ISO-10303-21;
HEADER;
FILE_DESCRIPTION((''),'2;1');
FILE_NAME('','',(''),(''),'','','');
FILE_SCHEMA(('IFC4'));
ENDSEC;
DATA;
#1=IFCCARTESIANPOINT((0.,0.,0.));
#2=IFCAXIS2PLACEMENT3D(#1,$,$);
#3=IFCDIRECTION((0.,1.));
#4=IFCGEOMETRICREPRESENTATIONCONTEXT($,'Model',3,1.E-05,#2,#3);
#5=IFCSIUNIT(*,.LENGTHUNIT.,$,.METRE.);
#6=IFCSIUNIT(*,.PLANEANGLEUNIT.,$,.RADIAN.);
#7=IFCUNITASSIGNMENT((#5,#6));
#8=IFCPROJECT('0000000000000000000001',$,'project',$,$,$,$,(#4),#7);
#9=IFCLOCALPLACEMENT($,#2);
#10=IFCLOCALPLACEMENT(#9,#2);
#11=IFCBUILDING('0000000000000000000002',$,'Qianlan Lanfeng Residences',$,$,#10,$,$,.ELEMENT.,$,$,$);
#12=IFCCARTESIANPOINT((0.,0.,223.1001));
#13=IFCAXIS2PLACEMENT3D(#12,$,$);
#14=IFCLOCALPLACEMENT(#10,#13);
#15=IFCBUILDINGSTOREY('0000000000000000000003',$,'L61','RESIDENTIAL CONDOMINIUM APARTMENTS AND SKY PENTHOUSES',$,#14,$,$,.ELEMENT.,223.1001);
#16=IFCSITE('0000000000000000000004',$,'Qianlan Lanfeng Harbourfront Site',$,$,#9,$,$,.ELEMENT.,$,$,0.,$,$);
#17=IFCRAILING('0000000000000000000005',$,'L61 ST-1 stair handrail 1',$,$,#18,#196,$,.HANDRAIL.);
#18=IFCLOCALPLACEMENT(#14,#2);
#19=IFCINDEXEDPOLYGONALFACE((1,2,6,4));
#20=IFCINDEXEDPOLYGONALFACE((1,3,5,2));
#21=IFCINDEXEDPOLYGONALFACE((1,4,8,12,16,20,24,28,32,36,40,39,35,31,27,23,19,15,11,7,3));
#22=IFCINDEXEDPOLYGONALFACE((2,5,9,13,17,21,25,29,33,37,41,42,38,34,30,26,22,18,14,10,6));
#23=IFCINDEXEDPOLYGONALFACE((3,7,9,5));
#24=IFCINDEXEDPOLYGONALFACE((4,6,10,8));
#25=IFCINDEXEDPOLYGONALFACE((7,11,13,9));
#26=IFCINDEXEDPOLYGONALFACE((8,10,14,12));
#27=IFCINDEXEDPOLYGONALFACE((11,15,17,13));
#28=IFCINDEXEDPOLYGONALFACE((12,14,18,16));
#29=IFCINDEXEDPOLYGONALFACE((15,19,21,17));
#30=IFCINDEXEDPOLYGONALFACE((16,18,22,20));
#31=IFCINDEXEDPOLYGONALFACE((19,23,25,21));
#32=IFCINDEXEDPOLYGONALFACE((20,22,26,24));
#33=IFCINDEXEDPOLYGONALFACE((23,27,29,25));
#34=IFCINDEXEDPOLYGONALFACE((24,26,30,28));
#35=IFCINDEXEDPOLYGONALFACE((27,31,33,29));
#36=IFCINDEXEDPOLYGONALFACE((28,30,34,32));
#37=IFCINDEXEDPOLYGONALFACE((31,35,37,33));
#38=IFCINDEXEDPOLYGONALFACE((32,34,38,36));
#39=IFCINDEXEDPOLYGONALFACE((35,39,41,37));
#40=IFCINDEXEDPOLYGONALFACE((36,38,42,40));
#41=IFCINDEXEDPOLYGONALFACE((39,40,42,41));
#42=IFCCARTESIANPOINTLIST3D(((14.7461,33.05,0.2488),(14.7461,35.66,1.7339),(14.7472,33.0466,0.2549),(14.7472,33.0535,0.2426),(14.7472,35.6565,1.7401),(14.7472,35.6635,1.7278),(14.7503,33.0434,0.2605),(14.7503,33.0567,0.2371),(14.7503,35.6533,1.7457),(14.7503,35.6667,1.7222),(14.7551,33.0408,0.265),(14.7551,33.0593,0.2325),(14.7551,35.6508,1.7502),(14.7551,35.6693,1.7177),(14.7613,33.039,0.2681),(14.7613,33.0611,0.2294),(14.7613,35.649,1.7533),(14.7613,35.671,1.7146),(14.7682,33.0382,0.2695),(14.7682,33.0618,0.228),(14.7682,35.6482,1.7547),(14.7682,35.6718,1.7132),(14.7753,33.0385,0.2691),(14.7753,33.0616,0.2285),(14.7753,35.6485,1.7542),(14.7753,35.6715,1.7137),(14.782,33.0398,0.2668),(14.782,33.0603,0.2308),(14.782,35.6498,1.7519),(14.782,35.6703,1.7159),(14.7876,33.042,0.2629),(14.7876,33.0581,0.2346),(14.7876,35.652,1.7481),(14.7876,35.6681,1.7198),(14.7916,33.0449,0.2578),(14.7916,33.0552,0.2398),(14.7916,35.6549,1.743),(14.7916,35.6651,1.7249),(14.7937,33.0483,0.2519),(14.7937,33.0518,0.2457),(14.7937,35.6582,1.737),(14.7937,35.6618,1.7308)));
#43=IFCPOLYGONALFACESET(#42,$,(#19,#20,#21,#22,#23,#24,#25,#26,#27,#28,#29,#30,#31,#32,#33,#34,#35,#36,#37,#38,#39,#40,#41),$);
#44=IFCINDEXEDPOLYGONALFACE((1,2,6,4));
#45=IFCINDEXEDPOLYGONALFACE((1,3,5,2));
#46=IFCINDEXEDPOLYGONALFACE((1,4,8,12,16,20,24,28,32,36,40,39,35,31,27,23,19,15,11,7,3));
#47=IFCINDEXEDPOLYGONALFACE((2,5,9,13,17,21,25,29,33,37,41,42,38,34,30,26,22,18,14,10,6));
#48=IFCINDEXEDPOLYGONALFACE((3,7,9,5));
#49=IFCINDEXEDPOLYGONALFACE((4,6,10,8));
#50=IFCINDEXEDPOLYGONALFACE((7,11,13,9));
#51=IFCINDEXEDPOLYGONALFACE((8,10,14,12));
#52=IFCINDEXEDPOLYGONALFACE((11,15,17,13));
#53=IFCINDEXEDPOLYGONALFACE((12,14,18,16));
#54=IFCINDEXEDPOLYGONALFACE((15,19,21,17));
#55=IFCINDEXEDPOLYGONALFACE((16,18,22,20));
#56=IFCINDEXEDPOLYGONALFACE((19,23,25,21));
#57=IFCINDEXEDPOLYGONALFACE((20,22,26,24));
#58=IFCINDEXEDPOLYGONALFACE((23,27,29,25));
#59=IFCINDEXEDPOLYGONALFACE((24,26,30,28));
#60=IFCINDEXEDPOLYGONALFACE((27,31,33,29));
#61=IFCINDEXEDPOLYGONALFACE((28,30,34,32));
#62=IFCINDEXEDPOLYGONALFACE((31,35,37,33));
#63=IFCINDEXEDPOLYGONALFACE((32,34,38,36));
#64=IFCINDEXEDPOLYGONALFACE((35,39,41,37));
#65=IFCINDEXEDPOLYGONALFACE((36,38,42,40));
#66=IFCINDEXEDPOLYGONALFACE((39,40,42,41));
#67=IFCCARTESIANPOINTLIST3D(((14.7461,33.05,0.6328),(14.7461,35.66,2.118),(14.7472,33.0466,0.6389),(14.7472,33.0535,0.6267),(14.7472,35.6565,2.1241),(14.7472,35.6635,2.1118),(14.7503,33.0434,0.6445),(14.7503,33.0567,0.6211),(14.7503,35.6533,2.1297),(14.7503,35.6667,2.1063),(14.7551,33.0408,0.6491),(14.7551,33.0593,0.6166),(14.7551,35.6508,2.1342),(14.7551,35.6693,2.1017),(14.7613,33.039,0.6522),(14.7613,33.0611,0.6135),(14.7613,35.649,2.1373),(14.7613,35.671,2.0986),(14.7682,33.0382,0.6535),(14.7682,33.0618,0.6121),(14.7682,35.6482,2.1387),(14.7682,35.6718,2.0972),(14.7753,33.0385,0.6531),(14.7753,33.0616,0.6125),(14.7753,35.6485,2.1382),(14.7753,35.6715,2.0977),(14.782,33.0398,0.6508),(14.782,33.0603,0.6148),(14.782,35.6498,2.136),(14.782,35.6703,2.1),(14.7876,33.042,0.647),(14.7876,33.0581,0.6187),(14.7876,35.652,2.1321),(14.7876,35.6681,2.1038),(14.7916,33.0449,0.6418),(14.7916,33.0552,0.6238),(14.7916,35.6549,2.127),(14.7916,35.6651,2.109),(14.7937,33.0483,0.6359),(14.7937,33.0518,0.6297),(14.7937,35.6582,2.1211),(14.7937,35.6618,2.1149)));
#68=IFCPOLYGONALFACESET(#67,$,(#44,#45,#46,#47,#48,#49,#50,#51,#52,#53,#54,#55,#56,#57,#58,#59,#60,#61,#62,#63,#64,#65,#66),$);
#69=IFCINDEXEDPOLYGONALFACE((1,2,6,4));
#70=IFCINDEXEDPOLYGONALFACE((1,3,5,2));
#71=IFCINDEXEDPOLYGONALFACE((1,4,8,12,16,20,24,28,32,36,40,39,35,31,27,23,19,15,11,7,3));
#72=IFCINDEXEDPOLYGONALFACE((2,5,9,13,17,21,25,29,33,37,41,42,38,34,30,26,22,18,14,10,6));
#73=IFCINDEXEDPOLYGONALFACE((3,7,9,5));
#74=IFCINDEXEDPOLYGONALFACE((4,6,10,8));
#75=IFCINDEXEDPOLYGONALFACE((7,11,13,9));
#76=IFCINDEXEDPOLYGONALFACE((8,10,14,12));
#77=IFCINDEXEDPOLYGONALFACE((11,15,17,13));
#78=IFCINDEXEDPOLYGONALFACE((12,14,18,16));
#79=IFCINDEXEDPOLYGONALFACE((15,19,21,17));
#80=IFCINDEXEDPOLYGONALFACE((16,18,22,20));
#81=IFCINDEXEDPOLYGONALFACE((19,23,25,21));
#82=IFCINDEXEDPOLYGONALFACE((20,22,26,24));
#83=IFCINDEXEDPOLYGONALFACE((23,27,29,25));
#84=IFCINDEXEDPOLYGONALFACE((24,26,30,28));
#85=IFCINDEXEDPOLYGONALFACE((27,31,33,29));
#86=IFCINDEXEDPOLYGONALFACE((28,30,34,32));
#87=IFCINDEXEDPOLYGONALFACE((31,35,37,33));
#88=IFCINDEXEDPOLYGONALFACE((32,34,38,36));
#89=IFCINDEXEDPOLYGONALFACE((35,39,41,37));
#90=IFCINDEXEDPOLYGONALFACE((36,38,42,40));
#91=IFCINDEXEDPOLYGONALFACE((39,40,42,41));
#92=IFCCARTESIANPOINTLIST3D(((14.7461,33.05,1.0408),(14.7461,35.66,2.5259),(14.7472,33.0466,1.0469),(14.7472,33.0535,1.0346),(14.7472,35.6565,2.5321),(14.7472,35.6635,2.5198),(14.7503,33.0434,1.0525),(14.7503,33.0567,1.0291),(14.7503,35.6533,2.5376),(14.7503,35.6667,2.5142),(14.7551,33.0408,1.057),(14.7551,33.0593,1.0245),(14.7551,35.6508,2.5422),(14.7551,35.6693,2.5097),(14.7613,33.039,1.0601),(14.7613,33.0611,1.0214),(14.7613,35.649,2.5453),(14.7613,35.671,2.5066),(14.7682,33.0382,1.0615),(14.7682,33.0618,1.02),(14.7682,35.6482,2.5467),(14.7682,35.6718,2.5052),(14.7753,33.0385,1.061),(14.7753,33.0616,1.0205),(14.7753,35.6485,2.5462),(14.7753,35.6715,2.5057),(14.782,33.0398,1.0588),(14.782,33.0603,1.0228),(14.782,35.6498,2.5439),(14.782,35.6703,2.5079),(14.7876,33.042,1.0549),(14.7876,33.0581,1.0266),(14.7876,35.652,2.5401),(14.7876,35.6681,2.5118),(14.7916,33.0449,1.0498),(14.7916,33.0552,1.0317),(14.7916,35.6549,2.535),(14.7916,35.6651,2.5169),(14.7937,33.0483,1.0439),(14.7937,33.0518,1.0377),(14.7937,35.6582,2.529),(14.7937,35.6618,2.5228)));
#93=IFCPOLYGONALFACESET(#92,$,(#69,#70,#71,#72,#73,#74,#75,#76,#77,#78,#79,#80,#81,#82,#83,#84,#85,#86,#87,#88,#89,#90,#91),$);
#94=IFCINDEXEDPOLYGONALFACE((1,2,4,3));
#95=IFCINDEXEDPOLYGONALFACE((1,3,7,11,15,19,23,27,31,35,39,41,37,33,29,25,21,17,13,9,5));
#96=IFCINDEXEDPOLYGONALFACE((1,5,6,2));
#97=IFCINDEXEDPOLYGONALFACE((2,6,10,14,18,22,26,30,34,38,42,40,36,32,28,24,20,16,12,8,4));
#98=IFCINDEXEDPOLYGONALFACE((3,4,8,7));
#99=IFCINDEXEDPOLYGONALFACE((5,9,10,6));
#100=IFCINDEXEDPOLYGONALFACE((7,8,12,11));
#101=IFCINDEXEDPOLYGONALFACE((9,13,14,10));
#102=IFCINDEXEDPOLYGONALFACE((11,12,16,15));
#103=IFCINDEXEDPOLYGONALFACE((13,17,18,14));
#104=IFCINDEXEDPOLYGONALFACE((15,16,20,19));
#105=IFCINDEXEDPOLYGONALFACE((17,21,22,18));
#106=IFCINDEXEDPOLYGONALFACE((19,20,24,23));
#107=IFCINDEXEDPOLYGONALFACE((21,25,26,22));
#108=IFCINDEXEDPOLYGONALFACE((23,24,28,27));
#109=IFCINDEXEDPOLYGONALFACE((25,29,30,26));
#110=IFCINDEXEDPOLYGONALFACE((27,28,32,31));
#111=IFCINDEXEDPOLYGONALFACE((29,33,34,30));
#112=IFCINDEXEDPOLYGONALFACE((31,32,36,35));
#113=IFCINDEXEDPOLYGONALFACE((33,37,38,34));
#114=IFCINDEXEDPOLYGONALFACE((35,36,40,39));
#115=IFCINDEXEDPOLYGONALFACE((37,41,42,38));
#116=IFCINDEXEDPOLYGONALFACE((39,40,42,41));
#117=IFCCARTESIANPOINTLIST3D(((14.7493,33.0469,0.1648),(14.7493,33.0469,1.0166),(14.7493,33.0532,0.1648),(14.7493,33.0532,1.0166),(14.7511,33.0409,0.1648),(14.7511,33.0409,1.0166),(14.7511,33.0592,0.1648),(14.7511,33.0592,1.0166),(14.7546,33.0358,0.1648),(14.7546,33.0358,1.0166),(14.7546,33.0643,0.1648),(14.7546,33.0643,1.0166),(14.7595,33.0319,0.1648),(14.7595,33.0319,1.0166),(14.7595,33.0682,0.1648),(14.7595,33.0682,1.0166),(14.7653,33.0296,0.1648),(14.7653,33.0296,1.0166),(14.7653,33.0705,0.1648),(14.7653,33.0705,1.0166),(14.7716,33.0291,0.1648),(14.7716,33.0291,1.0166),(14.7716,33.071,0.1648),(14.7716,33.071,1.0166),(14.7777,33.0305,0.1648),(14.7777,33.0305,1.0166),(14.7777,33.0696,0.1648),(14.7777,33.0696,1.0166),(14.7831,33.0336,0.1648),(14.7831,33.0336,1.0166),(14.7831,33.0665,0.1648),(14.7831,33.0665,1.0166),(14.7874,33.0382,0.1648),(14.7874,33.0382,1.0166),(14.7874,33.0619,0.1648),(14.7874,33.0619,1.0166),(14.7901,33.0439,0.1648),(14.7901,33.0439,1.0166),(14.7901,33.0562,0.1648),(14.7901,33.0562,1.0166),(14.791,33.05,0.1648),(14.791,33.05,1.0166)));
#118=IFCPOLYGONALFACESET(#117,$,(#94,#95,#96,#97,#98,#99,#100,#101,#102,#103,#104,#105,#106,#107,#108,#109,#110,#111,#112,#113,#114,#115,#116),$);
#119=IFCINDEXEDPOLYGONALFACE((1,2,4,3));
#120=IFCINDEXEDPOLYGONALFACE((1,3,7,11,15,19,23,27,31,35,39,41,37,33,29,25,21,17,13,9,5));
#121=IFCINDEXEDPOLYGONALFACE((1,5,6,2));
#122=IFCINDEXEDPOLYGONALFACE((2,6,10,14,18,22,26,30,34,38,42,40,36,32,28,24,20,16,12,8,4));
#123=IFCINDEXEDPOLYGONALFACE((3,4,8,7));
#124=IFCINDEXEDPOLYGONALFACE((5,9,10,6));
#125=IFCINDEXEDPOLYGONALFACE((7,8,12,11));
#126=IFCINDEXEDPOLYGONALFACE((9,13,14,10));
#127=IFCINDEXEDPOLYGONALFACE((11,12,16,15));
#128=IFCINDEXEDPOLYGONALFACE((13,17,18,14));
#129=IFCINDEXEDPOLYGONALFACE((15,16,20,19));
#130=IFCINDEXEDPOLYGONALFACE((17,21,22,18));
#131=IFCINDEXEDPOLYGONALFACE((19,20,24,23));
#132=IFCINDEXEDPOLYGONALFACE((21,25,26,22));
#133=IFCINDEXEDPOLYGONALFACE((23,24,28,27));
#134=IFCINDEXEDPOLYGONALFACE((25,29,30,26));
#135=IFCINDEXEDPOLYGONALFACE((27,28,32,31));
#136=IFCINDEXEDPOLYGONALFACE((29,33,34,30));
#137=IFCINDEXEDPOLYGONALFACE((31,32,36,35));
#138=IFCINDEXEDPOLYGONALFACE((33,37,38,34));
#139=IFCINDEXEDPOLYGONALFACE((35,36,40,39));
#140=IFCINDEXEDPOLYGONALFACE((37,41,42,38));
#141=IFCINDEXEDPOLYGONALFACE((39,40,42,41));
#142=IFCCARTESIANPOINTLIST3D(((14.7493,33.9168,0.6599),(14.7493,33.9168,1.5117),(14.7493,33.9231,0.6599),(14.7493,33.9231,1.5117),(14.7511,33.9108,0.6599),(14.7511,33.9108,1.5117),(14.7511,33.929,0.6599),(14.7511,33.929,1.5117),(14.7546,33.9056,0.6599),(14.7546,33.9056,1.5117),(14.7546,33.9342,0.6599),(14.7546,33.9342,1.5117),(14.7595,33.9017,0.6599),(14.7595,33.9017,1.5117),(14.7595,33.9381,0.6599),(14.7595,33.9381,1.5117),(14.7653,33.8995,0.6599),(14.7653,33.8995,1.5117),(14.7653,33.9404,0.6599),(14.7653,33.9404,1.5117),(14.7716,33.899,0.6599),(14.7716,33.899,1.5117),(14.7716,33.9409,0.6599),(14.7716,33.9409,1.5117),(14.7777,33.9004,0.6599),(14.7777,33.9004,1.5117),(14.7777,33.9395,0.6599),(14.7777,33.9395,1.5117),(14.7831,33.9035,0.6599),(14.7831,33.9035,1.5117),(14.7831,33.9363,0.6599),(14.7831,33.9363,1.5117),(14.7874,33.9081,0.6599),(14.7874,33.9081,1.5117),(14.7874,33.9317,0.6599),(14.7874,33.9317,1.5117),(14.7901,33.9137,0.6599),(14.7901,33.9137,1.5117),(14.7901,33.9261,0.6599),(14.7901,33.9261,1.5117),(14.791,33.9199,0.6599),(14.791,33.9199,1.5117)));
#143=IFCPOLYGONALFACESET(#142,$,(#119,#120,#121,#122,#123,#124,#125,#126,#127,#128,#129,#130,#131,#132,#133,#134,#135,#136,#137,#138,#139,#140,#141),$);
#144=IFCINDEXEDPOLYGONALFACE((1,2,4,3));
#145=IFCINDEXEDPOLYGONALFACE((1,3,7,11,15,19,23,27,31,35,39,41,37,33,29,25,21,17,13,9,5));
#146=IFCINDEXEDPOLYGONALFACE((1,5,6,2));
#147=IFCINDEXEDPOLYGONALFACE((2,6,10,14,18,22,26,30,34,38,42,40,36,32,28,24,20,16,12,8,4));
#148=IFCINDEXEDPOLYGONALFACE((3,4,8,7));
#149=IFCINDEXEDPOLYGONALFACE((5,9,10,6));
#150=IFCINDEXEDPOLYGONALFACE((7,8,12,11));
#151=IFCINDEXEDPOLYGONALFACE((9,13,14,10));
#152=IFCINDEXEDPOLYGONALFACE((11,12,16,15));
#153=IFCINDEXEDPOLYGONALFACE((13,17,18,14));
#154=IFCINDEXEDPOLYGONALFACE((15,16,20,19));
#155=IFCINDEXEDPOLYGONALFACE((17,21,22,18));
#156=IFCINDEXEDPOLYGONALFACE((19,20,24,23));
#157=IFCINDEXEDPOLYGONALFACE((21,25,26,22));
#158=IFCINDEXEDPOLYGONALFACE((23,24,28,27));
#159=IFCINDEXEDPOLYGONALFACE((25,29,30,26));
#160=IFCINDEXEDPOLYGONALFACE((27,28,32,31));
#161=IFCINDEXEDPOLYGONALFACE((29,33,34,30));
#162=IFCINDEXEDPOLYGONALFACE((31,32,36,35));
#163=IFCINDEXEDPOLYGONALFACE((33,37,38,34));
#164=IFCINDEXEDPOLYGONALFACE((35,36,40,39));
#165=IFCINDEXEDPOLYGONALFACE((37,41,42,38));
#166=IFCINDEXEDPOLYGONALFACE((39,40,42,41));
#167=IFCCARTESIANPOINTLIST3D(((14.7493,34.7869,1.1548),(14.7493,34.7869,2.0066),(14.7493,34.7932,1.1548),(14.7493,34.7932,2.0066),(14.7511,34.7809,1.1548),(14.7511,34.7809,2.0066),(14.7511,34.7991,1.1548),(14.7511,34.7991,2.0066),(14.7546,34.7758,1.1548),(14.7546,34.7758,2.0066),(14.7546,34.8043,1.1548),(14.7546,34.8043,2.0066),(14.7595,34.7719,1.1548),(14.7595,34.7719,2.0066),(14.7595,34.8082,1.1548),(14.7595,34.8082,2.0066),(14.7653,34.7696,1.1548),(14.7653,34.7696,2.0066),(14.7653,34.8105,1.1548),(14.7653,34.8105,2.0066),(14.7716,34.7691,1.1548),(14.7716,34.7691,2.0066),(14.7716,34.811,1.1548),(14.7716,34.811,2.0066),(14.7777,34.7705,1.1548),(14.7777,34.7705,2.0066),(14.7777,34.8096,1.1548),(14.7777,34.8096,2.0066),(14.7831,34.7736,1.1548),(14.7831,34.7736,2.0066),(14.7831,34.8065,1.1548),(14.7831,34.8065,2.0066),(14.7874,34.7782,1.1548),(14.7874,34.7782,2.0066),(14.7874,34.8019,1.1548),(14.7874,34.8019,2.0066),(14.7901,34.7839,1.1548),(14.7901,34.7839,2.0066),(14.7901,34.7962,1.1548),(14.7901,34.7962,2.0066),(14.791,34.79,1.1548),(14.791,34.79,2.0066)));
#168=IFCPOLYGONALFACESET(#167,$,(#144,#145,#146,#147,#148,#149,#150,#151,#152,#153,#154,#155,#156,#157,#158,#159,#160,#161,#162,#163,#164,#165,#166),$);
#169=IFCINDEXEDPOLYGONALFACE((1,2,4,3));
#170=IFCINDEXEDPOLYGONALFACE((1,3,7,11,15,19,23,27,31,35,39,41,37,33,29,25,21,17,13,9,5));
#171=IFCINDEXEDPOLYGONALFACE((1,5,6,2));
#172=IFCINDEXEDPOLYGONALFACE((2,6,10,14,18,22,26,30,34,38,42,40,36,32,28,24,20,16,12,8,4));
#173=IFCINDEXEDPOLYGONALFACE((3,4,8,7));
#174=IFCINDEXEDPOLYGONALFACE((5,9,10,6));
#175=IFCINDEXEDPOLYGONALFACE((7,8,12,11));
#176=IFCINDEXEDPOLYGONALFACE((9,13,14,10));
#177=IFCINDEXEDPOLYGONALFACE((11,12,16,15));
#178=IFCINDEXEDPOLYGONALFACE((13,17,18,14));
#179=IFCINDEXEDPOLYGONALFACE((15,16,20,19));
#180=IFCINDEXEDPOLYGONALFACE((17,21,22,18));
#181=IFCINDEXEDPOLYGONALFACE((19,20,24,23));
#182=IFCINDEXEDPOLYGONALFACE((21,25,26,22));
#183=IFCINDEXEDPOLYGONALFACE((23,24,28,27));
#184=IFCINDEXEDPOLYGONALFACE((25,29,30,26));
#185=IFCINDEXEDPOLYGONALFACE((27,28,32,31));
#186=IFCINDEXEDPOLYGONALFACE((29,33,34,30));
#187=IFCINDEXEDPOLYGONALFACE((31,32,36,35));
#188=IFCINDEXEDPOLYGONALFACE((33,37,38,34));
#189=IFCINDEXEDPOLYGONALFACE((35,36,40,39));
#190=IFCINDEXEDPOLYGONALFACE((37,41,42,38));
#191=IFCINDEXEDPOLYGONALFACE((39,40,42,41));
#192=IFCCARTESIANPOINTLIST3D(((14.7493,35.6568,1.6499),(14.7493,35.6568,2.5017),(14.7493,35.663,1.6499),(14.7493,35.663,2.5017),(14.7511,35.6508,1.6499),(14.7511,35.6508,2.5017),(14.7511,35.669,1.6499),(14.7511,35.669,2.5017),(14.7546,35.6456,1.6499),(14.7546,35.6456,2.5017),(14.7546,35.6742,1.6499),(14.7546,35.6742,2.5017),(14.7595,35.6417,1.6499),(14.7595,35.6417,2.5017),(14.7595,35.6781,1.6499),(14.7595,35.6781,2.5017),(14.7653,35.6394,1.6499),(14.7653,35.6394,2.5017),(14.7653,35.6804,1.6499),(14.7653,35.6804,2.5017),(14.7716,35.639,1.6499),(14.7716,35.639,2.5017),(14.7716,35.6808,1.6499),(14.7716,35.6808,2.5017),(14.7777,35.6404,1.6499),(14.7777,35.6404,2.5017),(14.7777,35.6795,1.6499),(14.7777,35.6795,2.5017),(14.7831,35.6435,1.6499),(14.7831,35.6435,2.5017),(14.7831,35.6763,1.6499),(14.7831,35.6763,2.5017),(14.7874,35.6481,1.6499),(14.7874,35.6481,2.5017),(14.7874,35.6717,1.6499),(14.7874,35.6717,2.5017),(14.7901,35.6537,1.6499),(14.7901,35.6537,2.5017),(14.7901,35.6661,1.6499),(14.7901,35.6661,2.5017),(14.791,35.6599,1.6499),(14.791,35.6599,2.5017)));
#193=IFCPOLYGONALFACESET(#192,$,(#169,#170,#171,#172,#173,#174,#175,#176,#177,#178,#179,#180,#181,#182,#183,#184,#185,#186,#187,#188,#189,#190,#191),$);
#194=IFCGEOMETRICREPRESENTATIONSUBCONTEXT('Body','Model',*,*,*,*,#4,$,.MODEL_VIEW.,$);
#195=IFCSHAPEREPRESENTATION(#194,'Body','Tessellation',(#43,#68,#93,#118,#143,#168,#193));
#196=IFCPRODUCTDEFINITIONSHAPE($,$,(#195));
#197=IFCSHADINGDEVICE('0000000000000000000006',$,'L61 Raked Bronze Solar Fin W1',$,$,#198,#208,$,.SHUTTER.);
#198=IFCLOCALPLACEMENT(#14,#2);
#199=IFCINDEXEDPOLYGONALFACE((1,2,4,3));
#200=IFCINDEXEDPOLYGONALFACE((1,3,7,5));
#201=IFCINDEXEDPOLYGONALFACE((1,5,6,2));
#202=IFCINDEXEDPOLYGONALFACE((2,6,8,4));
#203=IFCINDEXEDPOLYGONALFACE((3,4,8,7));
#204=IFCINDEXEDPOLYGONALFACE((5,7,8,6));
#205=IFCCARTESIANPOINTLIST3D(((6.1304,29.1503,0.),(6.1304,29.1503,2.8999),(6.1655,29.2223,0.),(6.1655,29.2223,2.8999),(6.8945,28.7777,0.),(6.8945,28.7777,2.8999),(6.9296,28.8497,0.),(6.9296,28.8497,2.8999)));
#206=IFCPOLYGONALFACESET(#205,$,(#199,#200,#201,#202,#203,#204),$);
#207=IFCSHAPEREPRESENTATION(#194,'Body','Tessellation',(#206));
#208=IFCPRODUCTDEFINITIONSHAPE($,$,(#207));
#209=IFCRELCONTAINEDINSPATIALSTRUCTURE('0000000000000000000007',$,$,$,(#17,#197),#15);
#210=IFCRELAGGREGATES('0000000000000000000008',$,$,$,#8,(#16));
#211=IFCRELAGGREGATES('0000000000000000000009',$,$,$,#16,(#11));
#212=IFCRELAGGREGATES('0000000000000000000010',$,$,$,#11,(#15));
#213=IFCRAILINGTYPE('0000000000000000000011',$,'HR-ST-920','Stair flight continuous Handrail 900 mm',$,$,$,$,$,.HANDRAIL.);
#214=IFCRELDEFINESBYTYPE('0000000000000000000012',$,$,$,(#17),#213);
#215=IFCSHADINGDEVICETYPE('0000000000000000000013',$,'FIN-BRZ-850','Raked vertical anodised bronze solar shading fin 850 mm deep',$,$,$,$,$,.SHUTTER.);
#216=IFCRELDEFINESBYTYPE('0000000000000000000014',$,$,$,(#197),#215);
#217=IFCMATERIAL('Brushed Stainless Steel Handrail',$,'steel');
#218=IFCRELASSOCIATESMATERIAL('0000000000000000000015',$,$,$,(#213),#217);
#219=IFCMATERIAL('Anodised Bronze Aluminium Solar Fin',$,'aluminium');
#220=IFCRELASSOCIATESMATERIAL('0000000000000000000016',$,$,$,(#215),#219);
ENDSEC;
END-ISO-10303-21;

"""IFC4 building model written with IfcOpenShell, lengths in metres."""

from ifc_helpers import new_model, si_unit, direction, frame, origin, origin_2d, place, context, subcontext, project, spatial, rectangle, circle, extrude, source, transform, mapped, material, type_object, element, save


model = new_model("IFC4")

# Units and contexts
model_context = context("Model", 3, precision=1e-05, world=origin(), true_north=direction((0.0, 1.0)))
body_context = subcontext(model_context, "Body", "Model", "MODEL_VIEW")
ifc_project = project(units=[si_unit("LENGTHUNIT", "METRE"), si_unit("PLANEANGLEUNIT", "RADIAN")], contexts=[model_context])

# Site, building, storey
site_placement = place(None, origin())
site = spatial("IfcSite", under=ifc_project, at=site_placement, Name="Qianlan Lanfeng Harbourfront Site", CompositionType="ELEMENT", RefElevation=0.0)
building_placement = place(site_placement, origin())
building = spatial("IfcBuilding", under=site, at=building_placement, Name="Qianlan Lanfeng Residences", CompositionType="ELEMENT")
storey_placement = place(building_placement, frame((0.0, 0.0, 223.1001)))
storey = spatial("IfcBuildingStorey", under=building, at=storey_placement, Name="L61", Description="RESIDENTIAL CONDOMINIUM APARTMENTS AND SKY PENTHOUSES", CompositionType="ELEMENT", Elevation=223.1001)

# Railing
ifc_material_1 = material(Name="Brushed Stainless Steel Handrail", Category="steel")
railing_type_1 = type_object("IfcRailingType", Name="HR-ST-920", Description="Stair flight continuous Handrail 900 mm", PredefinedType="HANDRAIL", material=ifc_material_1)
railing_1_placement = place(storey_placement, frame((14.77, 33.05, 0.1648)))
element("IfcRailing", 1, at=railing_1_placement, inside=storey, type_object=railing_type_1, Name="L61 ST-1 stair handrail 1", PredefinedType="HANDRAIL", context=body_context, shape_type="SweptSolid", body=[
    extrude(circle(Radius=0.0239, at=origin_2d()), frame((0.0, 0.0, 0.084), z_axis=(0.0, 0.869137, 0.494571), x_axis=(-1.0, 0.0, 0.0)), (0.0, 0.0, 1.0), 3.0029),
    extrude(circle(Radius=0.0239, at=origin_2d()), frame((0.0, 0.0, 0.468), z_axis=(0.0, 0.869137, 0.494571), x_axis=(-1.0, 0.0, 0.0)), (0.0, 0.0, 1.0), 3.0029),
    extrude(circle(Radius=0.0239, at=origin_2d()), frame((0.0, 0.0, 0.876), z_axis=(0.0, 0.869137, 0.494571), x_axis=(-1.0, 0.0, 0.0)), (0.0, 0.0, 1.0), 3.0029),
    extrude(circle(Radius=0.021, at=origin_2d()), origin(), (0.0, 0.0, 1.0), 0.8518),
    extrude(circle(Radius=0.021, at=origin_2d()), frame((0.0, 0.8699, 0.4951)), (0.0, 0.0, 1.0), 0.8518),
    extrude(circle(Radius=0.021, at=origin_2d()), frame((0.0, 1.74, 0.99)), (0.0, 0.0, 1.0), 0.8518),
    extrude(circle(Radius=0.021, at=origin_2d()), frame((0.0, 2.6099, 1.4851)), (0.0, 0.0, 1.0), 0.8518),
])

# Shading device
ifc_material_2 = material(Name="Anodised Bronze Aluminium Solar Fin", Category="aluminium")
shading_device_type = type_object("IfcShadingDeviceType", Name="FIN-BRZ-850", Description="Raked vertical anodised bronze solar shading fin 850 mm deep", PredefinedType="SHUTTER", material=ifc_material_2)
shared_shape_1 = source(origin(), body_context, "Body", "SweptSolid", [
    extrude(rectangle(XDim=0.8501, YDim=0.0801, at=origin_2d()), origin(), (0.0, 0.0, 1.0), 2.8999),
])
for number, where, z_axis, x_axis, name in (
    (2, (6.53, 29.0, 0.0), (0.0, 0.0, 1.0), (0.898794, -0.438371, 0.0), "L61 Raked Bronze Solar Fin W1"),
):
    element("IfcShadingDevice", number, at=place(storey_placement, frame(where, z_axis=z_axis, x_axis=x_axis)), inside=storey, type_object=shading_device_type, Name=name, PredefinedType="SHUTTER", context=body_context, shape_type="MappedRepresentation", body=[
        mapped(shared_shape_1, transform((0.0, 0.0, 0.0), scale=1.0)),
    ])

save(model, "model.ifc")
